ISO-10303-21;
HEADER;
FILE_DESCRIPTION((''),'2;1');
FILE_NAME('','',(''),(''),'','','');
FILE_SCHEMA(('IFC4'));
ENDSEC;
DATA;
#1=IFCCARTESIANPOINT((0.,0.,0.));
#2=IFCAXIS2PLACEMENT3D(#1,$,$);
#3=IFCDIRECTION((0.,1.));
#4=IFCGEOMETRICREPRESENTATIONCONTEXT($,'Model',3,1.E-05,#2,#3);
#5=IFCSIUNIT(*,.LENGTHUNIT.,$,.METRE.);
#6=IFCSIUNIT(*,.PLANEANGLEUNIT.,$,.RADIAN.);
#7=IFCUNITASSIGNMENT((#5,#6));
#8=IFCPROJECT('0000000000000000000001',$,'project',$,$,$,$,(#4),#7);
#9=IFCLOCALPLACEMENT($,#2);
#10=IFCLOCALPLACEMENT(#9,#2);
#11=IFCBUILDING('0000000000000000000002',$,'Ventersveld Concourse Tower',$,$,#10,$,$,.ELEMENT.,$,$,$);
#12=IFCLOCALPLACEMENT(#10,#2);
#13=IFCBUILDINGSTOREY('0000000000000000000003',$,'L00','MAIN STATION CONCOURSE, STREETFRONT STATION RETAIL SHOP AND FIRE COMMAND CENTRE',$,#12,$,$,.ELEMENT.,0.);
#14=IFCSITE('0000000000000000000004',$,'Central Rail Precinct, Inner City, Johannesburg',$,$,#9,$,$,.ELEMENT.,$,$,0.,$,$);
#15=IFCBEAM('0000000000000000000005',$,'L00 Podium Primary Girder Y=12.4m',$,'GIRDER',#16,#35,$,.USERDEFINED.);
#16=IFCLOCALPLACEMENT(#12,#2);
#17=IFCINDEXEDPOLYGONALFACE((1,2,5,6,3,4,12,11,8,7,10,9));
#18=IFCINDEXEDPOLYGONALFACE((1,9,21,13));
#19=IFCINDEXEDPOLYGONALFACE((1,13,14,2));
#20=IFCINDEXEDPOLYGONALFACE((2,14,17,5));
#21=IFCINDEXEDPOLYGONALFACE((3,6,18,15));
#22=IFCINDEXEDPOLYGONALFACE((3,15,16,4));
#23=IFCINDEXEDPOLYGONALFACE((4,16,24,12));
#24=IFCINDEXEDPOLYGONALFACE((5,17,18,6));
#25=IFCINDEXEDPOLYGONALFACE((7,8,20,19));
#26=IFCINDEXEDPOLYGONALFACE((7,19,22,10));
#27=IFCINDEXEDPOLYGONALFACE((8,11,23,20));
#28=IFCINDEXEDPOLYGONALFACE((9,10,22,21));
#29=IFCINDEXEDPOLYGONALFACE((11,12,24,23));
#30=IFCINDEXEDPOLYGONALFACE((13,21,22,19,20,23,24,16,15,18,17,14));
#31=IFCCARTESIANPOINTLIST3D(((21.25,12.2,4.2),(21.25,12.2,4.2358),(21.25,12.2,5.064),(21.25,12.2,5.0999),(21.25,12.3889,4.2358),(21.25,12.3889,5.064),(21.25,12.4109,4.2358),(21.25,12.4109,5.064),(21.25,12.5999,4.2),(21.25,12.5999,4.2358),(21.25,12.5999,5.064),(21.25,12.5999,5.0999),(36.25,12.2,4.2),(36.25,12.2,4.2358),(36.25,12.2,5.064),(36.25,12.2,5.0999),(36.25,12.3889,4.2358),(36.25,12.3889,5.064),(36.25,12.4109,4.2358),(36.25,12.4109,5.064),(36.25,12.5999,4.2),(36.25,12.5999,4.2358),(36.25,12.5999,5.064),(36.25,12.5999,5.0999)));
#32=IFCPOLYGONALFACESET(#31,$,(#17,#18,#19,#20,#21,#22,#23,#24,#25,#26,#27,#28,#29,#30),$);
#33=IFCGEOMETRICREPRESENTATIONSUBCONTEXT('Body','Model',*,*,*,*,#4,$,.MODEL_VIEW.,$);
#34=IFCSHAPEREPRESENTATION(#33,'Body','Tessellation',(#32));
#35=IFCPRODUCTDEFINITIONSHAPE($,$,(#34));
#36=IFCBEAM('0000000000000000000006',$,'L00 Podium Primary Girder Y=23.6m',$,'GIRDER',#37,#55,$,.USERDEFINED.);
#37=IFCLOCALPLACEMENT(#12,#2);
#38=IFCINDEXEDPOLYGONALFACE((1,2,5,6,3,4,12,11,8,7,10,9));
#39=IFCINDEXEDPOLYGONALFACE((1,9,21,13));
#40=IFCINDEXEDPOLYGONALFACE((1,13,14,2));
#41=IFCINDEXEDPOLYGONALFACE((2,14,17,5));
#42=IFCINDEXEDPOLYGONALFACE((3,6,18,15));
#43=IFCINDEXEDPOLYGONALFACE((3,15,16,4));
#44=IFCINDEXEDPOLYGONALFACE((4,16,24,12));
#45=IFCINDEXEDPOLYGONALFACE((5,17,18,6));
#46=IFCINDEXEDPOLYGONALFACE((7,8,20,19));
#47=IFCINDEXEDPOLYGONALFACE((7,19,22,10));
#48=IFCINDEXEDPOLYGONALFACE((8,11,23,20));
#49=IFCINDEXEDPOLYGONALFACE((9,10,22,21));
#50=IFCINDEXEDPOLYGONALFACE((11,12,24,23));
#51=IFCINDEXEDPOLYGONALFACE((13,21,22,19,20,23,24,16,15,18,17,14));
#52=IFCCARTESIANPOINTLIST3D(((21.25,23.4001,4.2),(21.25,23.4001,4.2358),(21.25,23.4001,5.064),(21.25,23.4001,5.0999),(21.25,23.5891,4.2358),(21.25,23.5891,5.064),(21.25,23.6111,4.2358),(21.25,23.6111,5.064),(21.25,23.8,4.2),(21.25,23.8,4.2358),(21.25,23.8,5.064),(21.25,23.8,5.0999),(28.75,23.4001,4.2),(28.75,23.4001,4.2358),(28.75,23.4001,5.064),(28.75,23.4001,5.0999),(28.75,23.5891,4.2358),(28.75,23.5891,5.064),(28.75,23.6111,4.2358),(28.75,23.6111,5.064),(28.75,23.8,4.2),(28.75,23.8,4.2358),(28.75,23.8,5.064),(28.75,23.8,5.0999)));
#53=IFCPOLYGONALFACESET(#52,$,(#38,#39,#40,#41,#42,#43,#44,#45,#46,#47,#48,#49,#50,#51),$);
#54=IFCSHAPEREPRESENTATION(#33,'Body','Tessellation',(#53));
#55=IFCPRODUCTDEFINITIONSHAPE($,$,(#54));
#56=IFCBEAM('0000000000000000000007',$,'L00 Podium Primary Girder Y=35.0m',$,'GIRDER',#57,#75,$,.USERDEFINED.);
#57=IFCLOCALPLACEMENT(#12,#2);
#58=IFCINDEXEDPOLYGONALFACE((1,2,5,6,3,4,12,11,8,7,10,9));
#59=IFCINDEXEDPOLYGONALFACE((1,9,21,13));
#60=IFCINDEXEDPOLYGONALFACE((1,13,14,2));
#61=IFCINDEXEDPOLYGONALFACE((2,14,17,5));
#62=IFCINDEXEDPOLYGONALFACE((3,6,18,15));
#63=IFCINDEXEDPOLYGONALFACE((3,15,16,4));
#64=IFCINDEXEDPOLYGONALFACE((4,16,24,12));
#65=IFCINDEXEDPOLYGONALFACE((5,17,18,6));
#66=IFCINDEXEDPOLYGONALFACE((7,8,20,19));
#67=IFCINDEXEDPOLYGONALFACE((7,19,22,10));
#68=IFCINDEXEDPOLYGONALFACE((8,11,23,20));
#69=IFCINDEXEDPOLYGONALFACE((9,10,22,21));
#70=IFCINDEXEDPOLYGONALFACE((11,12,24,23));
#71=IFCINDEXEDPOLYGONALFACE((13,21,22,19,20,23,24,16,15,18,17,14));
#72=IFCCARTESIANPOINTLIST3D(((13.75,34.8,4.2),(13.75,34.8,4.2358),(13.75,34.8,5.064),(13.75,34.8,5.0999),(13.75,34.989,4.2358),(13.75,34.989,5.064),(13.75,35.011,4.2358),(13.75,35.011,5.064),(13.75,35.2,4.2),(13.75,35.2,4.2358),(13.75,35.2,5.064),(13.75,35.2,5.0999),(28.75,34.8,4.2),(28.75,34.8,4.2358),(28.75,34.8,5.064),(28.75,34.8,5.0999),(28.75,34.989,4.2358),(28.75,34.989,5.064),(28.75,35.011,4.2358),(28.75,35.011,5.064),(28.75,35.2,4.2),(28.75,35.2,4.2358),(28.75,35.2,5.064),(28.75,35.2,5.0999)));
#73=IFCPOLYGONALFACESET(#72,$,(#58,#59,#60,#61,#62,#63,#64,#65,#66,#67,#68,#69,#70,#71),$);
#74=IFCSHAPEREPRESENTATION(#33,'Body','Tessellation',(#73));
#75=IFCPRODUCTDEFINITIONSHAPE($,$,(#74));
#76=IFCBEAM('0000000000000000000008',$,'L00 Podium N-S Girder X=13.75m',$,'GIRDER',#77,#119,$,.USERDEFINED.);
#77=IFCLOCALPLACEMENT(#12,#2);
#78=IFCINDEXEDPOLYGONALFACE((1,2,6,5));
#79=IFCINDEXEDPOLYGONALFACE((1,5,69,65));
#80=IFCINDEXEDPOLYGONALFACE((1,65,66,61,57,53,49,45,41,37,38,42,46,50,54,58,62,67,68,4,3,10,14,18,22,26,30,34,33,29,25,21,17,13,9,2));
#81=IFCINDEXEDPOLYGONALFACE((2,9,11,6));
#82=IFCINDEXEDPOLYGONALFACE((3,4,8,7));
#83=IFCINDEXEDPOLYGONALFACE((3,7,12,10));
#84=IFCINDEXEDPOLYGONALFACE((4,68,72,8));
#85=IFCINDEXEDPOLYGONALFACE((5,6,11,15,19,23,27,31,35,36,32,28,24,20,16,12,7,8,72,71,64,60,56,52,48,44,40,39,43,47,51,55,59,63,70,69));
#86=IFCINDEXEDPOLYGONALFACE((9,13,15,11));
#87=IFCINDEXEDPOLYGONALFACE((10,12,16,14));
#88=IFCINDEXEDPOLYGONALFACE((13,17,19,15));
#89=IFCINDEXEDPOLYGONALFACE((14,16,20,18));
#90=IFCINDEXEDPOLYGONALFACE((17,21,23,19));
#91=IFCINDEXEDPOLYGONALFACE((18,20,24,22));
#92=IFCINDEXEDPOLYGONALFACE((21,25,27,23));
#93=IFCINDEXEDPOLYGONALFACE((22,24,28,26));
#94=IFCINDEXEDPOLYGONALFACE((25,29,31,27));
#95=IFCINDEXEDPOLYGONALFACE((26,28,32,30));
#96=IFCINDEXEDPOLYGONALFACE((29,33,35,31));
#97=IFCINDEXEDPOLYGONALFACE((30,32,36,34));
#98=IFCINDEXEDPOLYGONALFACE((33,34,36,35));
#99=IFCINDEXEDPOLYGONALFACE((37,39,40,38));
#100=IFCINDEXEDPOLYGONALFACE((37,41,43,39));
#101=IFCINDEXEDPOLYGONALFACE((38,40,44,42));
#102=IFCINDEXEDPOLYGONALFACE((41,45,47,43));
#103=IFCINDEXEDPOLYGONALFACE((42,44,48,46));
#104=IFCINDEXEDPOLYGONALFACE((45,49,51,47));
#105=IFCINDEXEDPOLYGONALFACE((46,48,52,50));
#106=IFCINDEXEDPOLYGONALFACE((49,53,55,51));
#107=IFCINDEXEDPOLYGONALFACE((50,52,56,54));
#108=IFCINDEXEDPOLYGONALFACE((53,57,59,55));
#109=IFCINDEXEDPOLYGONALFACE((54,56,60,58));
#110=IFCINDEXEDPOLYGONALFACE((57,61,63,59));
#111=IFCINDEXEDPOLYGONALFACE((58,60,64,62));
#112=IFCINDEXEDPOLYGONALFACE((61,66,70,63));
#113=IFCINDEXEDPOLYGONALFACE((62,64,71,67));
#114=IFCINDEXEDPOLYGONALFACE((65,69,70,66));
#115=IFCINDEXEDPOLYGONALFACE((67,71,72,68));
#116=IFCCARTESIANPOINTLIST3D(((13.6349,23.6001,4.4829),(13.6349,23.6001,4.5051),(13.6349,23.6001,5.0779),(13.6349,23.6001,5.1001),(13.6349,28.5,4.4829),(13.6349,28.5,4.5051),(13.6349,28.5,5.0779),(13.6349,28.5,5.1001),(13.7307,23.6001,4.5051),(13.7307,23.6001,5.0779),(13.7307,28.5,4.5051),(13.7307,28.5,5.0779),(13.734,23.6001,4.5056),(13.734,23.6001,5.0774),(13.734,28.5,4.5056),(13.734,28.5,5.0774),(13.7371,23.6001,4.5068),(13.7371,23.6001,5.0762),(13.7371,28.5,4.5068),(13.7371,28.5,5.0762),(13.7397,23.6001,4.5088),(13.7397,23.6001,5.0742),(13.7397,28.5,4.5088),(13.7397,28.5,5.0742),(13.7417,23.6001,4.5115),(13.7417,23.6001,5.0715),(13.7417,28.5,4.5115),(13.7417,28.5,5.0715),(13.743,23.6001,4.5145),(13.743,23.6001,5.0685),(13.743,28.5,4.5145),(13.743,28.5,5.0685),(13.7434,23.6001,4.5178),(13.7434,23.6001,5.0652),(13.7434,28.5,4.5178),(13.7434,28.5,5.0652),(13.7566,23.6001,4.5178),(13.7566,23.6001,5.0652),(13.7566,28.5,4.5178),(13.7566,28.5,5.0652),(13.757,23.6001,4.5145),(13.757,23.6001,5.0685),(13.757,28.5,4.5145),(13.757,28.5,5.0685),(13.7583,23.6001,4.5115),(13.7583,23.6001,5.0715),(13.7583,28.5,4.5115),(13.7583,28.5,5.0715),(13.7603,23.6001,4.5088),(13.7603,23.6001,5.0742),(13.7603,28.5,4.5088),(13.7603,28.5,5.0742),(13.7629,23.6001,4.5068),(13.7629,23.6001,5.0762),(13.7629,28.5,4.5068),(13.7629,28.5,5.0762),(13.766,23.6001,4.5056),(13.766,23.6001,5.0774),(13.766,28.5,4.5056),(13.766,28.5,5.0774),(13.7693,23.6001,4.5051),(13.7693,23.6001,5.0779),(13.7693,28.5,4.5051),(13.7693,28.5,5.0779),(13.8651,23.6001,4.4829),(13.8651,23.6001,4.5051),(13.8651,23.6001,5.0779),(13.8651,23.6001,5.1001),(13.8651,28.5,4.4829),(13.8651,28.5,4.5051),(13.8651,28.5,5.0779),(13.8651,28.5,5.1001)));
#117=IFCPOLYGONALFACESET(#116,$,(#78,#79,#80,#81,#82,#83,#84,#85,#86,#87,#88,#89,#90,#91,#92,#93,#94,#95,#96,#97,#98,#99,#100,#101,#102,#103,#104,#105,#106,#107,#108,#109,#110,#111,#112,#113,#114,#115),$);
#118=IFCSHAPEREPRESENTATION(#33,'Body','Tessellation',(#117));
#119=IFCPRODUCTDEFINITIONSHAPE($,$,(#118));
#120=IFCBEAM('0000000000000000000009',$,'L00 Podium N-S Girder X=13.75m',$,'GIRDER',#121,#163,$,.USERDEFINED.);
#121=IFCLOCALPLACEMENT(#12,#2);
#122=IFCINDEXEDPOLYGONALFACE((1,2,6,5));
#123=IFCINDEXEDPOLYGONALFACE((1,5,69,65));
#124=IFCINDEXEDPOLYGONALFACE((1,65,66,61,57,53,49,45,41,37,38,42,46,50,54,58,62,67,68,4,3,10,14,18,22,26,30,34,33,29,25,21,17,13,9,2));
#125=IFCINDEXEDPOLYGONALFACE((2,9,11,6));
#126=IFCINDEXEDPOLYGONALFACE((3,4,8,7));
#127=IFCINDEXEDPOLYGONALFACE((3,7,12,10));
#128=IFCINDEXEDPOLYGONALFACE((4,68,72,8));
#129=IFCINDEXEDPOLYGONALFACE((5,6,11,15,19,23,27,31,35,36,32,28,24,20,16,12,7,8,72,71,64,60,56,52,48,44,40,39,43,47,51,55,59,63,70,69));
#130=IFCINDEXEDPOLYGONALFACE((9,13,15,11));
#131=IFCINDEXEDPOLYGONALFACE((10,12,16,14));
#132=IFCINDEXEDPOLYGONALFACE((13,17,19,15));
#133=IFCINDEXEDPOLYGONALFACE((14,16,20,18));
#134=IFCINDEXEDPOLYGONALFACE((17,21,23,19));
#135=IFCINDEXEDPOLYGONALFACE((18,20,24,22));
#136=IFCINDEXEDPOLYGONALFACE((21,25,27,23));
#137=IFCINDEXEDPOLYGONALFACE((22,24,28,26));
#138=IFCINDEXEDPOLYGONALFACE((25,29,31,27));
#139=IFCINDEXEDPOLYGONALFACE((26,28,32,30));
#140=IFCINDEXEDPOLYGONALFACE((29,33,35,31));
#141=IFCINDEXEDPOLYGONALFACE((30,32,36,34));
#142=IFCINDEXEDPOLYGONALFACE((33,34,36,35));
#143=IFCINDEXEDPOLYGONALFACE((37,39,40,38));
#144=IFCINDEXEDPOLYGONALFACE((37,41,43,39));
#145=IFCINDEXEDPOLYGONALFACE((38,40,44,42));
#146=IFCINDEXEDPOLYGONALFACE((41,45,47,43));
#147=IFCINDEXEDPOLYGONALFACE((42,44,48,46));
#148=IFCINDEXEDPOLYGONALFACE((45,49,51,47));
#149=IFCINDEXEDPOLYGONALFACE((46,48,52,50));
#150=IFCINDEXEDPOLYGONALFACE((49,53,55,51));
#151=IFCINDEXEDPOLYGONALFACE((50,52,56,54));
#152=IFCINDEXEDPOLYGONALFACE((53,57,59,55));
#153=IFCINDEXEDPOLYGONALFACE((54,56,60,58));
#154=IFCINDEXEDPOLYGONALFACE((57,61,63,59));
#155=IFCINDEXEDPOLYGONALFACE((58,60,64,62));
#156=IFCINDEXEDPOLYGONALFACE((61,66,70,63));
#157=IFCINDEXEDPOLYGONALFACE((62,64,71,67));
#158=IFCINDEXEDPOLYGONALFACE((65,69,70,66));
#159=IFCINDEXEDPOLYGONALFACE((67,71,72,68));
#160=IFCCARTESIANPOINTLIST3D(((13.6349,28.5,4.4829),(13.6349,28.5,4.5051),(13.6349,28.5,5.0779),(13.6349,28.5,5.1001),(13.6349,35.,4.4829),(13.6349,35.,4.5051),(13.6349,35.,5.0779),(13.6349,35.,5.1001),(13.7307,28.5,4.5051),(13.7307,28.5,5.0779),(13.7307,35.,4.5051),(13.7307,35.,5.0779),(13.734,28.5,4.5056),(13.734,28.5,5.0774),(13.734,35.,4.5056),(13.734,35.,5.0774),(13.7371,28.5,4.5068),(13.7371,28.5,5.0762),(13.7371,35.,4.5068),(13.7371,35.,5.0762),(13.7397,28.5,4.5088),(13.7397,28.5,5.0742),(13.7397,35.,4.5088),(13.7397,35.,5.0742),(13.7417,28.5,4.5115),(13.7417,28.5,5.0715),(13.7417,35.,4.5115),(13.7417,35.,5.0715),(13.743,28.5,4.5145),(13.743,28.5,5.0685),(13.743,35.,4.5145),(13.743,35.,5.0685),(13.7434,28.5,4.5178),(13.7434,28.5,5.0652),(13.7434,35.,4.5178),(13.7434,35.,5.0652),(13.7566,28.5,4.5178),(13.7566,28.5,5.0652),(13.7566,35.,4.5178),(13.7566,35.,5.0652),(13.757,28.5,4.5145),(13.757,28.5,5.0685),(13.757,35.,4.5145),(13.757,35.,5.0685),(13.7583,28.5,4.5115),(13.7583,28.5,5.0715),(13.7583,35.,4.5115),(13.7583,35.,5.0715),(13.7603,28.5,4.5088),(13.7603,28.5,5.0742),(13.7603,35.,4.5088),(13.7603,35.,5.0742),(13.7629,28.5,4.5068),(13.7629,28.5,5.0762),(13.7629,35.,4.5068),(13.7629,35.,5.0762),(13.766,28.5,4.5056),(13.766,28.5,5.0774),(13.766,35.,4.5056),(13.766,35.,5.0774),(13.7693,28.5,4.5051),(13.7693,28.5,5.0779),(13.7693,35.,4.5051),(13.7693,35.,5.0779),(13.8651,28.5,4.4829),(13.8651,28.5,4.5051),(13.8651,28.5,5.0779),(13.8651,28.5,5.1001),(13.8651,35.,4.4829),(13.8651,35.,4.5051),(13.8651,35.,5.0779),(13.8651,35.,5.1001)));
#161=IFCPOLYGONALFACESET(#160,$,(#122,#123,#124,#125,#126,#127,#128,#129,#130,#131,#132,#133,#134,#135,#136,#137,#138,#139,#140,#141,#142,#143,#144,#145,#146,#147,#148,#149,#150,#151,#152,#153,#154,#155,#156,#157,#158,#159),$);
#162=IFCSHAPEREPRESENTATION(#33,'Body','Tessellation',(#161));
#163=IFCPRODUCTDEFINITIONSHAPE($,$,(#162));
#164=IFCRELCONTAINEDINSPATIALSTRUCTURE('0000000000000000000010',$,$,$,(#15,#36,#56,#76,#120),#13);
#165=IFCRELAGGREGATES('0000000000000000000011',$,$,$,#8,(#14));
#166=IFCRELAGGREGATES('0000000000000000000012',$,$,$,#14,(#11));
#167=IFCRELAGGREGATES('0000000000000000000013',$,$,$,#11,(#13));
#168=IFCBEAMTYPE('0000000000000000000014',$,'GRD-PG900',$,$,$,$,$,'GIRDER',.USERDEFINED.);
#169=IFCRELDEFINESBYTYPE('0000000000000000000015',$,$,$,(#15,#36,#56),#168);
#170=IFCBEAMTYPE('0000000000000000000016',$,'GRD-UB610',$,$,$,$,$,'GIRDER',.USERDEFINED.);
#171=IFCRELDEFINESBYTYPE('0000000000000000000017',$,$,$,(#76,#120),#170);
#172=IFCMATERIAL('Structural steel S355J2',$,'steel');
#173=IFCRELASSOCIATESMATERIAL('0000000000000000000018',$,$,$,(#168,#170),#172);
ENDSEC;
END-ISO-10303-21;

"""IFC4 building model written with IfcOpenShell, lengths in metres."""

from ifc_helpers import new_model, si_unit, direction, frame, origin, origin_2d, place, context, subcontext, project, spatial, i_section, extrude, material, material_profile, profile_set, type_object, element, save


model = new_model("IFC4")

# Units and contexts
model_context = context("Model", 3, precision=1e-05, world=origin(), true_north=direction((0.0, 1.0)))
body_context = subcontext(model_context, "Body", "Model", "MODEL_VIEW")
ifc_project = project(units=[si_unit("LENGTHUNIT", "METRE"), si_unit("PLANEANGLEUNIT", "RADIAN")], contexts=[model_context])

# Site, building, storey
site_placement = place(None, origin())
site = spatial("IfcSite", under=ifc_project, at=site_placement, Name="Central Rail Precinct, Inner City, Johannesburg", CompositionType="ELEMENT", RefElevation=0.0)
building_placement = place(site_placement, origin())
building = spatial("IfcBuilding", under=site, at=building_placement, Name="Ventersveld Concourse Tower", CompositionType="ELEMENT")
storey_placement = place(building_placement, origin())
storey = spatial("IfcBuildingStorey", under=building, at=storey_placement, Name="L00", Description="MAIN STATION CONCOURSE, STREETFRONT STATION RETAIL SHOP AND FIRE COMMAND CENTRE", CompositionType="ELEMENT", Elevation=0.0)

# Beams
ifc_material_1 = material(Name="Structural steel S355J2", Category="steel")
ifc_material_profile_1 = material_profile(ifc_material_1, i_section(OverallWidth=0.3999, OverallDepth=0.8999, WebThickness=0.022, FlangeThickness=0.0359, at=origin_2d()), Name="PG 900x400x36")
ifc_profile_set_1 = profile_set([ifc_material_profile_1], Name="Structural steel S355J2")
beam_type_1 = type_object("IfcBeamType", Name="GRD-PG900", ElementType="GIRDER", PredefinedType="USERDEFINED", material=ifc_profile_set_1)
beam_1_placement = place(storey_placement, frame((21.25, 12.3999, 4.6499), z_axis=(1.0, 0.0, 0.0), x_axis=(0.0, 1.0, 0.0)))
element("IfcBeam", 1, at=beam_1_placement, inside=storey, type_object=beam_type_1, Name="L00 Podium Primary Girder Y=12.4m", ObjectType="GIRDER", PredefinedType="USERDEFINED", context=body_context, shape_type="SweptSolid", body=[
    extrude(i_section(OverallWidth=0.3999, OverallDepth=0.8999, WebThickness=0.022, FlangeThickness=0.0359, at=origin_2d()), origin(), (0.0, 0.0, 1.0), 15.0),
])
beam_2_placement = place(storey_placement, frame((21.25, 23.6001, 4.6499), z_axis=(1.0, 0.0, 0.0), x_axis=(0.0, 1.0, 0.0)))
element("IfcBeam", 2, at=beam_2_placement, inside=storey, type_object=beam_type_1, Name="L00 Podium Primary Girder Y=23.6m", ObjectType="GIRDER", PredefinedType="USERDEFINED", context=body_context, shape_type="SweptSolid", body=[
    extrude(i_section(OverallWidth=0.3999, OverallDepth=0.8999, WebThickness=0.022, FlangeThickness=0.0359, at=origin_2d()), origin(), (0.0, 0.0, 1.0), 7.5),
])
beam_3_placement = place(storey_placement, frame((13.75, 35.0, 4.6499), z_axis=(1.0, 0.0, 0.0), x_axis=(0.0, 1.0, 0.0)))
element("IfcBeam", 3, at=beam_3_placement, inside=storey, type_object=beam_type_1, Name="L00 Podium Primary Girder Y=35.0m", ObjectType="GIRDER", PredefinedType="USERDEFINED", context=body_context, shape_type="SweptSolid", body=[
    extrude(i_section(OverallWidth=0.3999, OverallDepth=0.8999, WebThickness=0.022, FlangeThickness=0.0359, at=origin_2d()), origin(), (0.0, 0.0, 1.0), 15.0),
])
ifc_material_profile_2 = material_profile(ifc_material_1, i_section(OverallWidth=0.2302, OverallDepth=0.6172, WebThickness=0.0132, FlangeThickness=0.0222, FilletRadius=0.0127, at=origin_2d()), Name="UB 610x229x140")
ifc_profile_set_2 = profile_set([ifc_material_profile_2], Name="Structural steel S355J2")
beam_type_2 = type_object("IfcBeamType", Name="GRD-UB610", ElementType="GIRDER", PredefinedType="USERDEFINED", material=ifc_profile_set_2)
beam_4_placement = place(storey_placement, frame((13.75, 23.6001, 4.7915), z_axis=(0.0, 1.0, 0.0), x_axis=(-1.0, 0.0, 0.0)))
element("IfcBeam", 4, at=beam_4_placement, inside=storey, type_object=beam_type_2, Name="L00 Podium N-S Girder X=13.75m", ObjectType="GIRDER", PredefinedType="USERDEFINED", context=body_context, shape_type="SweptSolid", body=[
    extrude(i_section(OverallWidth=0.2302, OverallDepth=0.6172, WebThickness=0.0132, FlangeThickness=0.0222, FilletRadius=0.0127, at=origin_2d()), origin(), (0.0, 0.0, 1.0), 4.8999),
])
beam_5_placement = place(storey_placement, frame((13.75, 28.5, 4.7915), z_axis=(0.0, 1.0, 0.0), x_axis=(-1.0, 0.0, 0.0)))
element("IfcBeam", 5, at=beam_5_placement, inside=storey, type_object=beam_type_2, Name="L00 Podium N-S Girder X=13.75m", ObjectType="GIRDER", PredefinedType="USERDEFINED", context=body_context, shape_type="SweptSolid", body=[
    extrude(i_section(OverallWidth=0.2302, OverallDepth=0.6172, WebThickness=0.0132, FlangeThickness=0.0222, FilletRadius=0.0127, at=origin_2d()), origin(), (0.0, 0.0, 1.0), 6.5),
])

save(model, "model.ifc")
